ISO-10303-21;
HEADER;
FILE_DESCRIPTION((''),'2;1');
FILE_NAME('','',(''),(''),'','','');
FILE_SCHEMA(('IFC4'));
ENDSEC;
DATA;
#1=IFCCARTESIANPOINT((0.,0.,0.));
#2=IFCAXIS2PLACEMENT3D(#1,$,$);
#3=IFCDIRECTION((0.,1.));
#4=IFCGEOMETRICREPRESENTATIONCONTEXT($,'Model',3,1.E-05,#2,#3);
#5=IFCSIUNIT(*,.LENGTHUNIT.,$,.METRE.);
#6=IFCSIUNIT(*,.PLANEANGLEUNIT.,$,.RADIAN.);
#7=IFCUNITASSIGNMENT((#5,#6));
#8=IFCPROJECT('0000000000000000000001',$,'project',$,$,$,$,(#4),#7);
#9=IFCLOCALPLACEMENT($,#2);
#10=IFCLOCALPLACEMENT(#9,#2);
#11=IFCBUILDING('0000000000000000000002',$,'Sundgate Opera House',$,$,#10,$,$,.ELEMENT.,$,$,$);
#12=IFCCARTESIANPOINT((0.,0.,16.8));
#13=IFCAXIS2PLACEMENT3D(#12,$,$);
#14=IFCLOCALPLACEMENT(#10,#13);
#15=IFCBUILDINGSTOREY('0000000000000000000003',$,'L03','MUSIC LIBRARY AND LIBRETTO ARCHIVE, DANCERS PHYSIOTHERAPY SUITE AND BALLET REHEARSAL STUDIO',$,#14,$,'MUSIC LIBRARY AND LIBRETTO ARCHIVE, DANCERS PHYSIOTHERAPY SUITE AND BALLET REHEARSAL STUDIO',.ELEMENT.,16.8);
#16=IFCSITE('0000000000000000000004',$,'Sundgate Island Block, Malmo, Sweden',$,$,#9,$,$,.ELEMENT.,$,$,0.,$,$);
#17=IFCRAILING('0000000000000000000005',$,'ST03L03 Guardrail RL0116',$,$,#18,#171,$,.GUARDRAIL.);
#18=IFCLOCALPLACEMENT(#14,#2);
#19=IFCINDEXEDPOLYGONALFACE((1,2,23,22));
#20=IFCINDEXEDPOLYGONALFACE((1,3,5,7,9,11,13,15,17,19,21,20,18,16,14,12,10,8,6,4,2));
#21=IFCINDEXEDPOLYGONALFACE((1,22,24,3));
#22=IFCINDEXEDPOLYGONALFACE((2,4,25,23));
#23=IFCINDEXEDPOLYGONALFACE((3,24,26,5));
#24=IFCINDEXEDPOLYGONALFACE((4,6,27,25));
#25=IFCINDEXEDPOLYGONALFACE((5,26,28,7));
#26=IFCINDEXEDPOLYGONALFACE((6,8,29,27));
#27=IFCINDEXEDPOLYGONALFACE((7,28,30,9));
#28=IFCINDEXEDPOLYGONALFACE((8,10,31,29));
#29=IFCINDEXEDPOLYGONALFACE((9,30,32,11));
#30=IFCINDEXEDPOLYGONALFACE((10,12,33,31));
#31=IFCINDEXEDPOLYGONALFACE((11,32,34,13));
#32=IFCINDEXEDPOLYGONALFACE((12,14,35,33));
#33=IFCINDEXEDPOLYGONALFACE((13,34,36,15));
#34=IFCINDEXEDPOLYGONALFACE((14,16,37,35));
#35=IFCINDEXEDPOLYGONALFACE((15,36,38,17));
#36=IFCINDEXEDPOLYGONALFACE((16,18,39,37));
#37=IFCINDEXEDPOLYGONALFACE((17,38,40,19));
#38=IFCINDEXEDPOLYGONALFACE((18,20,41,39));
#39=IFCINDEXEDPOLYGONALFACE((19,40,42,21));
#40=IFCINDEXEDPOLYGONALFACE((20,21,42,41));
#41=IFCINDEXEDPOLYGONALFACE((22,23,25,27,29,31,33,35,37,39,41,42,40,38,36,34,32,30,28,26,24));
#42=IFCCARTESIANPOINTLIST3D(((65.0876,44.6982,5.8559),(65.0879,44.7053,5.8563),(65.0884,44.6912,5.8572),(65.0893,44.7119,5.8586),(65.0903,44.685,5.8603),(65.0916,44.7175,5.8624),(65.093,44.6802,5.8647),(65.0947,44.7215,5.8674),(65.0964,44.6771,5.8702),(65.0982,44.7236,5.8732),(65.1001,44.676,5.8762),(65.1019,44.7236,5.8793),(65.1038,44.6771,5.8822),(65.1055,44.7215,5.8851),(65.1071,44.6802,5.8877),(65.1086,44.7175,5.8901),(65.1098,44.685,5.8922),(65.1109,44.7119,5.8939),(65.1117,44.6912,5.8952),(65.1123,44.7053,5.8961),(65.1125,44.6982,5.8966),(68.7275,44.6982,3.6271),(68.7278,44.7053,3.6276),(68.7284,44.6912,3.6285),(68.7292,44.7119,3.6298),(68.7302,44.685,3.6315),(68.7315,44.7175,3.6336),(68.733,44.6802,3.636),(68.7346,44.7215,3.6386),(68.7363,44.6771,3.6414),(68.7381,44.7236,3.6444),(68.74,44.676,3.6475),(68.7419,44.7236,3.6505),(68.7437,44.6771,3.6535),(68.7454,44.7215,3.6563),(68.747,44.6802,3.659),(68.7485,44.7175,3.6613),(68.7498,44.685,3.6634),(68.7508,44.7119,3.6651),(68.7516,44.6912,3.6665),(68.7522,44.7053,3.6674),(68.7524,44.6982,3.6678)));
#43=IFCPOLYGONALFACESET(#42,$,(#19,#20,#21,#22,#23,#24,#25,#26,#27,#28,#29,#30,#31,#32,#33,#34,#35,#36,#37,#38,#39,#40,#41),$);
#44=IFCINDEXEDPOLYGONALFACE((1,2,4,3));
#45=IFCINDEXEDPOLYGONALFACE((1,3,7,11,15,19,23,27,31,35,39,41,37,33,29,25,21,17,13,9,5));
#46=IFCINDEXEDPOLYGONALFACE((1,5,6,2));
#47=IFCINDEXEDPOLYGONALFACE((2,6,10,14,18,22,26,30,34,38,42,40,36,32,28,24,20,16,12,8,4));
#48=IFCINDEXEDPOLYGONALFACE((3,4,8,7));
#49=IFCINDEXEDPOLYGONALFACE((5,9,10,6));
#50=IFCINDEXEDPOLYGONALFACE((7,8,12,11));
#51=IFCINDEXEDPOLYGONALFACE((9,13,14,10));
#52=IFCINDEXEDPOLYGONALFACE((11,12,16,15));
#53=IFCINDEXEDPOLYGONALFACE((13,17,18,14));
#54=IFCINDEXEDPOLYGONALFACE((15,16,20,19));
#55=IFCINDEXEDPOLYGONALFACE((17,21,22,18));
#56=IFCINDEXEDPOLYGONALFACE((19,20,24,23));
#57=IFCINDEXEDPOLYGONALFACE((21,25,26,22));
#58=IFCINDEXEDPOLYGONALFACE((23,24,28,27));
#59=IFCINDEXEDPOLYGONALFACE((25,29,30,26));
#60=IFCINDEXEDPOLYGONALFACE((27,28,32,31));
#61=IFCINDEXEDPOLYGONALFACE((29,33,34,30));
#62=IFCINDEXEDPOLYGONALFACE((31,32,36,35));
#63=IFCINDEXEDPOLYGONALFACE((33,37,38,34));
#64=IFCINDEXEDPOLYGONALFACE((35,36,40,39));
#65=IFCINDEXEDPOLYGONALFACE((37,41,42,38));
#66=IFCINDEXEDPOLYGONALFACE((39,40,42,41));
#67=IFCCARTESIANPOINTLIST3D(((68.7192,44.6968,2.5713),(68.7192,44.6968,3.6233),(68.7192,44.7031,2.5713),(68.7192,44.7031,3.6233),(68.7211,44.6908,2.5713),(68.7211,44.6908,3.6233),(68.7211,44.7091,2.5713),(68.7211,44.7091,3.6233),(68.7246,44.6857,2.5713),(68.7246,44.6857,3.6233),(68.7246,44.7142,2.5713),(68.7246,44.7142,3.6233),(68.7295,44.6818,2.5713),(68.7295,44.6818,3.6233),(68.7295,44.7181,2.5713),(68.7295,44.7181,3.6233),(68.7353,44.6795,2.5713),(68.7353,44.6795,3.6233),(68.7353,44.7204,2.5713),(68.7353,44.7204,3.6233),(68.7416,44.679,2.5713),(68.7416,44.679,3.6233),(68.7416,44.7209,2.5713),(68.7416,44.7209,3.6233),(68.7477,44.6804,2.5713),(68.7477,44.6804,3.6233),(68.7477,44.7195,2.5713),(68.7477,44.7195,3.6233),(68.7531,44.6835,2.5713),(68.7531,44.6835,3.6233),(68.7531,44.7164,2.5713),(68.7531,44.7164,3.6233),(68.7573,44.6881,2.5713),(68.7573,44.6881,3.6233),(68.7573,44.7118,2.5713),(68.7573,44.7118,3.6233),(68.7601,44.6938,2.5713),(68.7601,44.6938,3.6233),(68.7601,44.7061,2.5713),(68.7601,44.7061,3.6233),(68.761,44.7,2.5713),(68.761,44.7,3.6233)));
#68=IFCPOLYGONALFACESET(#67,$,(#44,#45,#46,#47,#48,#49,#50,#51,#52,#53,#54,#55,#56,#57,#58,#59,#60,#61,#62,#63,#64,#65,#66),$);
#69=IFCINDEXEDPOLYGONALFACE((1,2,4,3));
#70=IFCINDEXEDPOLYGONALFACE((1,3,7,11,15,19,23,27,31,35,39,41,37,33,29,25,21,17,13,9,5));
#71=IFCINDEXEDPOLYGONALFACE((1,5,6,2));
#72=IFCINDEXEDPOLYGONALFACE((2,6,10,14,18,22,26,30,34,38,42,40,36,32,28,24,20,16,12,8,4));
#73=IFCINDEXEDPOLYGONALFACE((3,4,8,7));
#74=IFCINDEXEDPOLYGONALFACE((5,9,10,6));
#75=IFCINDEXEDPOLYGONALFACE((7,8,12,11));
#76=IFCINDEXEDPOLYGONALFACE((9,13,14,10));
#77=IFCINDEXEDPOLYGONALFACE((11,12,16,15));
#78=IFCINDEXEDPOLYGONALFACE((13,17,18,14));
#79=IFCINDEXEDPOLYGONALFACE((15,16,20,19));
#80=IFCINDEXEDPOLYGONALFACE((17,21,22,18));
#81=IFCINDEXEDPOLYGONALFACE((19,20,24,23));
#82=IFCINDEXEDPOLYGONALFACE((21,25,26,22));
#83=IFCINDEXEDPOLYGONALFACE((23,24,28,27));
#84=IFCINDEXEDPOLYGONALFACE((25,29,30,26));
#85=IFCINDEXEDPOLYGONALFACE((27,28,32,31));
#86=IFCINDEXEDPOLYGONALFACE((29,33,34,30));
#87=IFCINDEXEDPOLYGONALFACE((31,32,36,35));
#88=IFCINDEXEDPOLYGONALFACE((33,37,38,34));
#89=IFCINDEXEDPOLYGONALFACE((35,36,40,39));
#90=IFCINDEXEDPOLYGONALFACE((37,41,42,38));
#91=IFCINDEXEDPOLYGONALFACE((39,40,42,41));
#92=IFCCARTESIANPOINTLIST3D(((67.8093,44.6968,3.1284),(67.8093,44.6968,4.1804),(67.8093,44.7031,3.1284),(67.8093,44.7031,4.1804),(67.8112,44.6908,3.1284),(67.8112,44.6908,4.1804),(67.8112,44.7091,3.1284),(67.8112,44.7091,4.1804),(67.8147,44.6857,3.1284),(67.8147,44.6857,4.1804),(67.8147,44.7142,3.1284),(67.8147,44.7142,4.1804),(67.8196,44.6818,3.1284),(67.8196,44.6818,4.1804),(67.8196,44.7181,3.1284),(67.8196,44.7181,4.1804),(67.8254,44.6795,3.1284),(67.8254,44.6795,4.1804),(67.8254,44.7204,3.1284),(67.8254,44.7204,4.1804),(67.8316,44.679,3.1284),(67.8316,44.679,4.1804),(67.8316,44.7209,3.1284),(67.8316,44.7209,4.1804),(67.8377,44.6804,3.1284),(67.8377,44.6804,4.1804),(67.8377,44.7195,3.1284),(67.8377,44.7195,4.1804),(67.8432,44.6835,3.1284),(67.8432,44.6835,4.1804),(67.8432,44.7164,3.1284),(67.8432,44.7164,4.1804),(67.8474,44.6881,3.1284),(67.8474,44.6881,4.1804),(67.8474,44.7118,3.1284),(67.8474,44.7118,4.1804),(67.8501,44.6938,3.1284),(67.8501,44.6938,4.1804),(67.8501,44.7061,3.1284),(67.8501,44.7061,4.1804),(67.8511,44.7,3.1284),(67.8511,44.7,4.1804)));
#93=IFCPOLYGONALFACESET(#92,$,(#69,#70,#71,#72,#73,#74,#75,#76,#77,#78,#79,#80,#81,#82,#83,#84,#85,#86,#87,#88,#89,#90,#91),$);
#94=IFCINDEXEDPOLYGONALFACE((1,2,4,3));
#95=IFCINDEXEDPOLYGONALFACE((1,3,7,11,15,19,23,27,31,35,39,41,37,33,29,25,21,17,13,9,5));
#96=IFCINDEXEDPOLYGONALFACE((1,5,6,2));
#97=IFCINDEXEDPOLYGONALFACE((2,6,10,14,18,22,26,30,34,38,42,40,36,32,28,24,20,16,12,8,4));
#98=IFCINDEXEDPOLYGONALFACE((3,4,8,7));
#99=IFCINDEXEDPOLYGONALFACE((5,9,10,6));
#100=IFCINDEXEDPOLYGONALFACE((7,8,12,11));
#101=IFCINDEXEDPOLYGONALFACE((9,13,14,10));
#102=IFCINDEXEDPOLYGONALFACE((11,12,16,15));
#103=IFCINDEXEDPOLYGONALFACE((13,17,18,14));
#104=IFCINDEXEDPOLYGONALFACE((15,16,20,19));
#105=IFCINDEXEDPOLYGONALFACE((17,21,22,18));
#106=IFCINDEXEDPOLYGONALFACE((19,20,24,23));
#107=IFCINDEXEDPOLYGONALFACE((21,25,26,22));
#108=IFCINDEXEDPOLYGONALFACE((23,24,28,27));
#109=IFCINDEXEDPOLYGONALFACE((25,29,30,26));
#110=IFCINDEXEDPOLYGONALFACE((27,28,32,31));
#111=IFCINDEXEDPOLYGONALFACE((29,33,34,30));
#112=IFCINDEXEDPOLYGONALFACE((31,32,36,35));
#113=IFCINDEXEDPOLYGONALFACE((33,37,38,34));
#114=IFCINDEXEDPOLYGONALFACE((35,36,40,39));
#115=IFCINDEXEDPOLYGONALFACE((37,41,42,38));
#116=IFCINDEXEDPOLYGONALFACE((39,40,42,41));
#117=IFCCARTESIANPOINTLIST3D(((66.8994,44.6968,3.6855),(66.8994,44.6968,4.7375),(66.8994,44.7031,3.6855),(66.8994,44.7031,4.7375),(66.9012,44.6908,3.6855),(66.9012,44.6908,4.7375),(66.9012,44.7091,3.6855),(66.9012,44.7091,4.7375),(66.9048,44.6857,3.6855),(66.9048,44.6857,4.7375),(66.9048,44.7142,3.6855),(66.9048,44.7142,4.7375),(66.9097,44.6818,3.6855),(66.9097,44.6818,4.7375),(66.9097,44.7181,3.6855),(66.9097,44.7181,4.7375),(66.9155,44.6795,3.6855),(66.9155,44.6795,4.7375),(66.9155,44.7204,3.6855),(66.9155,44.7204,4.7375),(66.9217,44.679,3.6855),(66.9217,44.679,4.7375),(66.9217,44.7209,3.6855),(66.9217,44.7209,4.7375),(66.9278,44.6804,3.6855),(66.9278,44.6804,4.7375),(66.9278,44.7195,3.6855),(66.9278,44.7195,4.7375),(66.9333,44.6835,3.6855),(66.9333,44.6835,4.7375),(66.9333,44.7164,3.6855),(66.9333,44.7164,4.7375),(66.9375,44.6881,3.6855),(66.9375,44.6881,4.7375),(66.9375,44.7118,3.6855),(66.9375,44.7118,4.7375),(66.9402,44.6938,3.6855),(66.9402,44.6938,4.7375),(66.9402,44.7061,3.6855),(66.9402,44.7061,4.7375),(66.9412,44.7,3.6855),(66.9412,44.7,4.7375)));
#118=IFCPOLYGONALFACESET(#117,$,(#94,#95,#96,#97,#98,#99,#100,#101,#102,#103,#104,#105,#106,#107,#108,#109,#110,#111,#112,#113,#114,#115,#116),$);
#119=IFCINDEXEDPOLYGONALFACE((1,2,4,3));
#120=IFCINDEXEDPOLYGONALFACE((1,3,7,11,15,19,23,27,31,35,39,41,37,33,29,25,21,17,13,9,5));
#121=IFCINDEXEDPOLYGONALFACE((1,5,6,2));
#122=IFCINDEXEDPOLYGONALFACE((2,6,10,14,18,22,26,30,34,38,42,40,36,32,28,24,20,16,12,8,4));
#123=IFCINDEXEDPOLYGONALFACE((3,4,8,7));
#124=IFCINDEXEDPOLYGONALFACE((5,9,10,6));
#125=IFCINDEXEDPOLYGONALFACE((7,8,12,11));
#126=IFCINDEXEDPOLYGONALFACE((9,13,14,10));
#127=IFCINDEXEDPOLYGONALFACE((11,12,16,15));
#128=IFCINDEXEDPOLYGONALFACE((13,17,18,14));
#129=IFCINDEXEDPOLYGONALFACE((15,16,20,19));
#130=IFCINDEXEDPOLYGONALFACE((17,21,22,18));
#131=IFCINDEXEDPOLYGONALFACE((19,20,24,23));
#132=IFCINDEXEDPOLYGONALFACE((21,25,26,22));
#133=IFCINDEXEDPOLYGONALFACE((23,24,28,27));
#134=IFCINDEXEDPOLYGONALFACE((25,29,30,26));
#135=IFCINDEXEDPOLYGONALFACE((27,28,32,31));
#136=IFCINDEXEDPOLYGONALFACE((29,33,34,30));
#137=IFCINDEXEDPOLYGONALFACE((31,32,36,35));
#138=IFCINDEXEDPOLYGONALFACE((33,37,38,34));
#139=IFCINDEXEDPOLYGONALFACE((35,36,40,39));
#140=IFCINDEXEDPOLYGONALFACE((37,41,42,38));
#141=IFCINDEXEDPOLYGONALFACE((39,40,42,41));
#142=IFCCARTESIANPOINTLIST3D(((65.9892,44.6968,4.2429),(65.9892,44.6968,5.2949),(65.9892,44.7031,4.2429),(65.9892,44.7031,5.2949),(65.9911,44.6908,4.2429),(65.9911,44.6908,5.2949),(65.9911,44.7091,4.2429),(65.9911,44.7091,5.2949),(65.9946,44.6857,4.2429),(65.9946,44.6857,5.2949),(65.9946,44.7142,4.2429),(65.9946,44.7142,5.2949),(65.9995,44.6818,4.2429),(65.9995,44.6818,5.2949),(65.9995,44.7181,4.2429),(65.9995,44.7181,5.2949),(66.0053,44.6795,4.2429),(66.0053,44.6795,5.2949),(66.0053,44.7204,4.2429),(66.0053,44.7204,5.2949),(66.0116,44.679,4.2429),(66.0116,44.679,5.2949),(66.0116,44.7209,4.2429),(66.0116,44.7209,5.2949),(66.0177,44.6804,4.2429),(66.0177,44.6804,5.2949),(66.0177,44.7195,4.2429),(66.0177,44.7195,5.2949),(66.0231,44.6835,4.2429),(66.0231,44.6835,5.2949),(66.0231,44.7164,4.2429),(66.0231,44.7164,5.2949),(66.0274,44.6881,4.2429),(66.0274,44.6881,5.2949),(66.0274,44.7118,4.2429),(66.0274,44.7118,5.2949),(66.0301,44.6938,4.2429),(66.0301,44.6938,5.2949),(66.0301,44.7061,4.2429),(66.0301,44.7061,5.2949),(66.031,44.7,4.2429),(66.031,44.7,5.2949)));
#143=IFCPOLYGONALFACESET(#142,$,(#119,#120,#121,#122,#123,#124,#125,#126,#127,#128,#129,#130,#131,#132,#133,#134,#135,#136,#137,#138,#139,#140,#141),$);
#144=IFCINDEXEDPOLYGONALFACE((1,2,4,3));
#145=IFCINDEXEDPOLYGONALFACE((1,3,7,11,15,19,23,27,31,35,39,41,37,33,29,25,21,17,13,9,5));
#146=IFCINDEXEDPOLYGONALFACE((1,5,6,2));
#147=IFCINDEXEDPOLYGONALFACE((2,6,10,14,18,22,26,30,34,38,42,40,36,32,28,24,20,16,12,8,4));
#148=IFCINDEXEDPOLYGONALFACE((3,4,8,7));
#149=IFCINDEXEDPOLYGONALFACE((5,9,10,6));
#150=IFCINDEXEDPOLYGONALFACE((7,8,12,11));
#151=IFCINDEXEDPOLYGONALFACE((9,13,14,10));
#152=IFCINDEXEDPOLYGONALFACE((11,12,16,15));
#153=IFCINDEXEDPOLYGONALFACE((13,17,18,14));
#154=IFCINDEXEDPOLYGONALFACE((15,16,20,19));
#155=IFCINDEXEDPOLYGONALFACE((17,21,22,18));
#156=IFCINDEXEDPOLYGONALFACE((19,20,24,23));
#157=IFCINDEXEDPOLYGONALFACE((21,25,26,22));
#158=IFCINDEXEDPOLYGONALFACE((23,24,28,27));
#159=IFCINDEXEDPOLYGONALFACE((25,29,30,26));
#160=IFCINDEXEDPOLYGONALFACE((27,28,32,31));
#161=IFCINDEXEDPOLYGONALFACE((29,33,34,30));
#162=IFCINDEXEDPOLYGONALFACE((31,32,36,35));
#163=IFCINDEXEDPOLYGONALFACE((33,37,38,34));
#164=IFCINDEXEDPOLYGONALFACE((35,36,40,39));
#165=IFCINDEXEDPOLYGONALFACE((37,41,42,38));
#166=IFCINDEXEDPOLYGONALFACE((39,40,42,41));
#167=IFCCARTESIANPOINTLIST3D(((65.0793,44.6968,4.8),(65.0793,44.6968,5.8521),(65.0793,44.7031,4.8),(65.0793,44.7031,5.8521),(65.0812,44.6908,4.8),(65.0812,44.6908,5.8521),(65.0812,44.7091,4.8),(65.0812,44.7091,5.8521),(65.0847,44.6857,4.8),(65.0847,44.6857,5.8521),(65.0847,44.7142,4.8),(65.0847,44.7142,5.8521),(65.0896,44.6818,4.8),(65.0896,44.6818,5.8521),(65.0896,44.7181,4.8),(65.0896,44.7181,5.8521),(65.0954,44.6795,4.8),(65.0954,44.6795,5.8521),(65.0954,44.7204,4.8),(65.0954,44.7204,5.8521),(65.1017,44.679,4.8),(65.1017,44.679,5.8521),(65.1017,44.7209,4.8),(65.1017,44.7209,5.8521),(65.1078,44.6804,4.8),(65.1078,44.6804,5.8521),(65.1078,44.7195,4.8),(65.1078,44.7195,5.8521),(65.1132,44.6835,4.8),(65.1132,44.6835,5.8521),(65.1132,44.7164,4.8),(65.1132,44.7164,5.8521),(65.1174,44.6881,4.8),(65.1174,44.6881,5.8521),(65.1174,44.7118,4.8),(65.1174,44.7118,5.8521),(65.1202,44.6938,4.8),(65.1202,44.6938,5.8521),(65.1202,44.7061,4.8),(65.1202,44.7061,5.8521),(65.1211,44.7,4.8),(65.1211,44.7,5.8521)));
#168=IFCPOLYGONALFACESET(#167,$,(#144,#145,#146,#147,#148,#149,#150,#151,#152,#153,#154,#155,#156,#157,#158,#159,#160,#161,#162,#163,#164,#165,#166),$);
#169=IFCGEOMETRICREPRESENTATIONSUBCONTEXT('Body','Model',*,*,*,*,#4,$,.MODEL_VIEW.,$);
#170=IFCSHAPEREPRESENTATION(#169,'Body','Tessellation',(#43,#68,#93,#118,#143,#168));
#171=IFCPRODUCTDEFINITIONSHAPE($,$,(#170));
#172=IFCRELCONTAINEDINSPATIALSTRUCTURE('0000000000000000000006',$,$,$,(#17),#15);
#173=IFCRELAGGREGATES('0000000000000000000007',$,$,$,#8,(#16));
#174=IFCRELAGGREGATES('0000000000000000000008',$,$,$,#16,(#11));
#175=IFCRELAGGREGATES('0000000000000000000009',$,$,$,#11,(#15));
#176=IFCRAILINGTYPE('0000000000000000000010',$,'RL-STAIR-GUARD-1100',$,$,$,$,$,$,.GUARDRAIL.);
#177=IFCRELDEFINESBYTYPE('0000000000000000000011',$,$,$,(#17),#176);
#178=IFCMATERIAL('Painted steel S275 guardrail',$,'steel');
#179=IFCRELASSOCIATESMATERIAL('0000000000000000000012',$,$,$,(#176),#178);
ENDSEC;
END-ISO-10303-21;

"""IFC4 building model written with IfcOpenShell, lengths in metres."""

from ifc_helpers import new_model, si_unit, direction, frame, origin, origin_2d, place, context, subcontext, project, spatial, circle, extrude, material, type_object, element, save


model = new_model("IFC4")

# Units and contexts
model_context = context("Model", 3, precision=1e-05, world=origin(), true_north=direction((0.0, 1.0)))
body_context = subcontext(model_context, "Body", "Model", "MODEL_VIEW")
ifc_project = project(units=[si_unit("LENGTHUNIT", "METRE"), si_unit("PLANEANGLEUNIT", "RADIAN")], contexts=[model_context])

# Site, building, storey
site_placement = place(None, origin())
site = spatial("IfcSite", under=ifc_project, at=site_placement, Name="Sundgate Island Block, Malmo, Sweden", CompositionType="ELEMENT", RefElevation=0.0)
building_placement = place(site_placement, origin())
building = spatial("IfcBuilding", under=site, at=building_placement, Name="Sundgate Opera House", CompositionType="ELEMENT")
storey_placement = place(building_placement, frame((0.0, 0.0, 16.8)))
storey = spatial("IfcBuildingStorey", under=building, at=storey_placement, Name="L03", Description="MUSIC LIBRARY AND LIBRETTO ARCHIVE, DANCERS PHYSIOTHERAPY SUITE AND BALLET REHEARSAL STUDIO", LongName="MUSIC LIBRARY AND LIBRETTO ARCHIVE, DANCERS PHYSIOTHERAPY SUITE AND BALLET REHEARSAL STUDIO", CompositionType="ELEMENT", Elevation=16.8)

# Railing
ifc_material_1 = material(Name="Painted steel S275 guardrail", Category="steel")
railing_type_1 = type_object("IfcRailingType", Name="RL-STAIR-GUARD-1100", PredefinedType="GUARDRAIL", material=ifc_material_1)
railing_1_placement = place(storey_placement, frame((68.74, 44.7, 2.5713)))
element("IfcRailing", 1, at=railing_1_placement, inside=storey, type_object=railing_type_1, Name="ST03L03 Guardrail RL0116", PredefinedType="GUARDRAIL", context=body_context, shape_type="SweptSolid", body=[
    extrude(circle(Radius=0.0239, at=origin_2d()), frame((0.0, 0.0, 1.0762), z_axis=(-0.852825, 0.0, 0.522197), x_axis=(0.0, -1.0, 0.0)), (0.0, 0.0, 1.0), 4.2681),
    extrude(circle(Radius=0.021, at=origin_2d()), origin(), (0.0, 0.0, 1.0), 1.052),
    extrude(circle(Radius=0.021, at=origin_2d()), frame((-0.9099, 0.0, 0.5571)), (0.0, 0.0, 1.0), 1.052),
    extrude(circle(Radius=0.021, at=origin_2d()), frame((-1.8198, 0.0, 1.1143)), (0.0, 0.0, 1.0), 1.052),
    extrude(circle(Radius=0.021, at=origin_2d()), frame((-2.73, 0.0, 1.6716)), (0.0, 0.0, 1.0), 1.052),
    extrude(circle(Radius=0.021, at=origin_2d()), frame((-3.6399, 0.0, 2.2288)), (0.0, 0.0, 1.0), 1.052),
])

save(model, "model.ifc")
